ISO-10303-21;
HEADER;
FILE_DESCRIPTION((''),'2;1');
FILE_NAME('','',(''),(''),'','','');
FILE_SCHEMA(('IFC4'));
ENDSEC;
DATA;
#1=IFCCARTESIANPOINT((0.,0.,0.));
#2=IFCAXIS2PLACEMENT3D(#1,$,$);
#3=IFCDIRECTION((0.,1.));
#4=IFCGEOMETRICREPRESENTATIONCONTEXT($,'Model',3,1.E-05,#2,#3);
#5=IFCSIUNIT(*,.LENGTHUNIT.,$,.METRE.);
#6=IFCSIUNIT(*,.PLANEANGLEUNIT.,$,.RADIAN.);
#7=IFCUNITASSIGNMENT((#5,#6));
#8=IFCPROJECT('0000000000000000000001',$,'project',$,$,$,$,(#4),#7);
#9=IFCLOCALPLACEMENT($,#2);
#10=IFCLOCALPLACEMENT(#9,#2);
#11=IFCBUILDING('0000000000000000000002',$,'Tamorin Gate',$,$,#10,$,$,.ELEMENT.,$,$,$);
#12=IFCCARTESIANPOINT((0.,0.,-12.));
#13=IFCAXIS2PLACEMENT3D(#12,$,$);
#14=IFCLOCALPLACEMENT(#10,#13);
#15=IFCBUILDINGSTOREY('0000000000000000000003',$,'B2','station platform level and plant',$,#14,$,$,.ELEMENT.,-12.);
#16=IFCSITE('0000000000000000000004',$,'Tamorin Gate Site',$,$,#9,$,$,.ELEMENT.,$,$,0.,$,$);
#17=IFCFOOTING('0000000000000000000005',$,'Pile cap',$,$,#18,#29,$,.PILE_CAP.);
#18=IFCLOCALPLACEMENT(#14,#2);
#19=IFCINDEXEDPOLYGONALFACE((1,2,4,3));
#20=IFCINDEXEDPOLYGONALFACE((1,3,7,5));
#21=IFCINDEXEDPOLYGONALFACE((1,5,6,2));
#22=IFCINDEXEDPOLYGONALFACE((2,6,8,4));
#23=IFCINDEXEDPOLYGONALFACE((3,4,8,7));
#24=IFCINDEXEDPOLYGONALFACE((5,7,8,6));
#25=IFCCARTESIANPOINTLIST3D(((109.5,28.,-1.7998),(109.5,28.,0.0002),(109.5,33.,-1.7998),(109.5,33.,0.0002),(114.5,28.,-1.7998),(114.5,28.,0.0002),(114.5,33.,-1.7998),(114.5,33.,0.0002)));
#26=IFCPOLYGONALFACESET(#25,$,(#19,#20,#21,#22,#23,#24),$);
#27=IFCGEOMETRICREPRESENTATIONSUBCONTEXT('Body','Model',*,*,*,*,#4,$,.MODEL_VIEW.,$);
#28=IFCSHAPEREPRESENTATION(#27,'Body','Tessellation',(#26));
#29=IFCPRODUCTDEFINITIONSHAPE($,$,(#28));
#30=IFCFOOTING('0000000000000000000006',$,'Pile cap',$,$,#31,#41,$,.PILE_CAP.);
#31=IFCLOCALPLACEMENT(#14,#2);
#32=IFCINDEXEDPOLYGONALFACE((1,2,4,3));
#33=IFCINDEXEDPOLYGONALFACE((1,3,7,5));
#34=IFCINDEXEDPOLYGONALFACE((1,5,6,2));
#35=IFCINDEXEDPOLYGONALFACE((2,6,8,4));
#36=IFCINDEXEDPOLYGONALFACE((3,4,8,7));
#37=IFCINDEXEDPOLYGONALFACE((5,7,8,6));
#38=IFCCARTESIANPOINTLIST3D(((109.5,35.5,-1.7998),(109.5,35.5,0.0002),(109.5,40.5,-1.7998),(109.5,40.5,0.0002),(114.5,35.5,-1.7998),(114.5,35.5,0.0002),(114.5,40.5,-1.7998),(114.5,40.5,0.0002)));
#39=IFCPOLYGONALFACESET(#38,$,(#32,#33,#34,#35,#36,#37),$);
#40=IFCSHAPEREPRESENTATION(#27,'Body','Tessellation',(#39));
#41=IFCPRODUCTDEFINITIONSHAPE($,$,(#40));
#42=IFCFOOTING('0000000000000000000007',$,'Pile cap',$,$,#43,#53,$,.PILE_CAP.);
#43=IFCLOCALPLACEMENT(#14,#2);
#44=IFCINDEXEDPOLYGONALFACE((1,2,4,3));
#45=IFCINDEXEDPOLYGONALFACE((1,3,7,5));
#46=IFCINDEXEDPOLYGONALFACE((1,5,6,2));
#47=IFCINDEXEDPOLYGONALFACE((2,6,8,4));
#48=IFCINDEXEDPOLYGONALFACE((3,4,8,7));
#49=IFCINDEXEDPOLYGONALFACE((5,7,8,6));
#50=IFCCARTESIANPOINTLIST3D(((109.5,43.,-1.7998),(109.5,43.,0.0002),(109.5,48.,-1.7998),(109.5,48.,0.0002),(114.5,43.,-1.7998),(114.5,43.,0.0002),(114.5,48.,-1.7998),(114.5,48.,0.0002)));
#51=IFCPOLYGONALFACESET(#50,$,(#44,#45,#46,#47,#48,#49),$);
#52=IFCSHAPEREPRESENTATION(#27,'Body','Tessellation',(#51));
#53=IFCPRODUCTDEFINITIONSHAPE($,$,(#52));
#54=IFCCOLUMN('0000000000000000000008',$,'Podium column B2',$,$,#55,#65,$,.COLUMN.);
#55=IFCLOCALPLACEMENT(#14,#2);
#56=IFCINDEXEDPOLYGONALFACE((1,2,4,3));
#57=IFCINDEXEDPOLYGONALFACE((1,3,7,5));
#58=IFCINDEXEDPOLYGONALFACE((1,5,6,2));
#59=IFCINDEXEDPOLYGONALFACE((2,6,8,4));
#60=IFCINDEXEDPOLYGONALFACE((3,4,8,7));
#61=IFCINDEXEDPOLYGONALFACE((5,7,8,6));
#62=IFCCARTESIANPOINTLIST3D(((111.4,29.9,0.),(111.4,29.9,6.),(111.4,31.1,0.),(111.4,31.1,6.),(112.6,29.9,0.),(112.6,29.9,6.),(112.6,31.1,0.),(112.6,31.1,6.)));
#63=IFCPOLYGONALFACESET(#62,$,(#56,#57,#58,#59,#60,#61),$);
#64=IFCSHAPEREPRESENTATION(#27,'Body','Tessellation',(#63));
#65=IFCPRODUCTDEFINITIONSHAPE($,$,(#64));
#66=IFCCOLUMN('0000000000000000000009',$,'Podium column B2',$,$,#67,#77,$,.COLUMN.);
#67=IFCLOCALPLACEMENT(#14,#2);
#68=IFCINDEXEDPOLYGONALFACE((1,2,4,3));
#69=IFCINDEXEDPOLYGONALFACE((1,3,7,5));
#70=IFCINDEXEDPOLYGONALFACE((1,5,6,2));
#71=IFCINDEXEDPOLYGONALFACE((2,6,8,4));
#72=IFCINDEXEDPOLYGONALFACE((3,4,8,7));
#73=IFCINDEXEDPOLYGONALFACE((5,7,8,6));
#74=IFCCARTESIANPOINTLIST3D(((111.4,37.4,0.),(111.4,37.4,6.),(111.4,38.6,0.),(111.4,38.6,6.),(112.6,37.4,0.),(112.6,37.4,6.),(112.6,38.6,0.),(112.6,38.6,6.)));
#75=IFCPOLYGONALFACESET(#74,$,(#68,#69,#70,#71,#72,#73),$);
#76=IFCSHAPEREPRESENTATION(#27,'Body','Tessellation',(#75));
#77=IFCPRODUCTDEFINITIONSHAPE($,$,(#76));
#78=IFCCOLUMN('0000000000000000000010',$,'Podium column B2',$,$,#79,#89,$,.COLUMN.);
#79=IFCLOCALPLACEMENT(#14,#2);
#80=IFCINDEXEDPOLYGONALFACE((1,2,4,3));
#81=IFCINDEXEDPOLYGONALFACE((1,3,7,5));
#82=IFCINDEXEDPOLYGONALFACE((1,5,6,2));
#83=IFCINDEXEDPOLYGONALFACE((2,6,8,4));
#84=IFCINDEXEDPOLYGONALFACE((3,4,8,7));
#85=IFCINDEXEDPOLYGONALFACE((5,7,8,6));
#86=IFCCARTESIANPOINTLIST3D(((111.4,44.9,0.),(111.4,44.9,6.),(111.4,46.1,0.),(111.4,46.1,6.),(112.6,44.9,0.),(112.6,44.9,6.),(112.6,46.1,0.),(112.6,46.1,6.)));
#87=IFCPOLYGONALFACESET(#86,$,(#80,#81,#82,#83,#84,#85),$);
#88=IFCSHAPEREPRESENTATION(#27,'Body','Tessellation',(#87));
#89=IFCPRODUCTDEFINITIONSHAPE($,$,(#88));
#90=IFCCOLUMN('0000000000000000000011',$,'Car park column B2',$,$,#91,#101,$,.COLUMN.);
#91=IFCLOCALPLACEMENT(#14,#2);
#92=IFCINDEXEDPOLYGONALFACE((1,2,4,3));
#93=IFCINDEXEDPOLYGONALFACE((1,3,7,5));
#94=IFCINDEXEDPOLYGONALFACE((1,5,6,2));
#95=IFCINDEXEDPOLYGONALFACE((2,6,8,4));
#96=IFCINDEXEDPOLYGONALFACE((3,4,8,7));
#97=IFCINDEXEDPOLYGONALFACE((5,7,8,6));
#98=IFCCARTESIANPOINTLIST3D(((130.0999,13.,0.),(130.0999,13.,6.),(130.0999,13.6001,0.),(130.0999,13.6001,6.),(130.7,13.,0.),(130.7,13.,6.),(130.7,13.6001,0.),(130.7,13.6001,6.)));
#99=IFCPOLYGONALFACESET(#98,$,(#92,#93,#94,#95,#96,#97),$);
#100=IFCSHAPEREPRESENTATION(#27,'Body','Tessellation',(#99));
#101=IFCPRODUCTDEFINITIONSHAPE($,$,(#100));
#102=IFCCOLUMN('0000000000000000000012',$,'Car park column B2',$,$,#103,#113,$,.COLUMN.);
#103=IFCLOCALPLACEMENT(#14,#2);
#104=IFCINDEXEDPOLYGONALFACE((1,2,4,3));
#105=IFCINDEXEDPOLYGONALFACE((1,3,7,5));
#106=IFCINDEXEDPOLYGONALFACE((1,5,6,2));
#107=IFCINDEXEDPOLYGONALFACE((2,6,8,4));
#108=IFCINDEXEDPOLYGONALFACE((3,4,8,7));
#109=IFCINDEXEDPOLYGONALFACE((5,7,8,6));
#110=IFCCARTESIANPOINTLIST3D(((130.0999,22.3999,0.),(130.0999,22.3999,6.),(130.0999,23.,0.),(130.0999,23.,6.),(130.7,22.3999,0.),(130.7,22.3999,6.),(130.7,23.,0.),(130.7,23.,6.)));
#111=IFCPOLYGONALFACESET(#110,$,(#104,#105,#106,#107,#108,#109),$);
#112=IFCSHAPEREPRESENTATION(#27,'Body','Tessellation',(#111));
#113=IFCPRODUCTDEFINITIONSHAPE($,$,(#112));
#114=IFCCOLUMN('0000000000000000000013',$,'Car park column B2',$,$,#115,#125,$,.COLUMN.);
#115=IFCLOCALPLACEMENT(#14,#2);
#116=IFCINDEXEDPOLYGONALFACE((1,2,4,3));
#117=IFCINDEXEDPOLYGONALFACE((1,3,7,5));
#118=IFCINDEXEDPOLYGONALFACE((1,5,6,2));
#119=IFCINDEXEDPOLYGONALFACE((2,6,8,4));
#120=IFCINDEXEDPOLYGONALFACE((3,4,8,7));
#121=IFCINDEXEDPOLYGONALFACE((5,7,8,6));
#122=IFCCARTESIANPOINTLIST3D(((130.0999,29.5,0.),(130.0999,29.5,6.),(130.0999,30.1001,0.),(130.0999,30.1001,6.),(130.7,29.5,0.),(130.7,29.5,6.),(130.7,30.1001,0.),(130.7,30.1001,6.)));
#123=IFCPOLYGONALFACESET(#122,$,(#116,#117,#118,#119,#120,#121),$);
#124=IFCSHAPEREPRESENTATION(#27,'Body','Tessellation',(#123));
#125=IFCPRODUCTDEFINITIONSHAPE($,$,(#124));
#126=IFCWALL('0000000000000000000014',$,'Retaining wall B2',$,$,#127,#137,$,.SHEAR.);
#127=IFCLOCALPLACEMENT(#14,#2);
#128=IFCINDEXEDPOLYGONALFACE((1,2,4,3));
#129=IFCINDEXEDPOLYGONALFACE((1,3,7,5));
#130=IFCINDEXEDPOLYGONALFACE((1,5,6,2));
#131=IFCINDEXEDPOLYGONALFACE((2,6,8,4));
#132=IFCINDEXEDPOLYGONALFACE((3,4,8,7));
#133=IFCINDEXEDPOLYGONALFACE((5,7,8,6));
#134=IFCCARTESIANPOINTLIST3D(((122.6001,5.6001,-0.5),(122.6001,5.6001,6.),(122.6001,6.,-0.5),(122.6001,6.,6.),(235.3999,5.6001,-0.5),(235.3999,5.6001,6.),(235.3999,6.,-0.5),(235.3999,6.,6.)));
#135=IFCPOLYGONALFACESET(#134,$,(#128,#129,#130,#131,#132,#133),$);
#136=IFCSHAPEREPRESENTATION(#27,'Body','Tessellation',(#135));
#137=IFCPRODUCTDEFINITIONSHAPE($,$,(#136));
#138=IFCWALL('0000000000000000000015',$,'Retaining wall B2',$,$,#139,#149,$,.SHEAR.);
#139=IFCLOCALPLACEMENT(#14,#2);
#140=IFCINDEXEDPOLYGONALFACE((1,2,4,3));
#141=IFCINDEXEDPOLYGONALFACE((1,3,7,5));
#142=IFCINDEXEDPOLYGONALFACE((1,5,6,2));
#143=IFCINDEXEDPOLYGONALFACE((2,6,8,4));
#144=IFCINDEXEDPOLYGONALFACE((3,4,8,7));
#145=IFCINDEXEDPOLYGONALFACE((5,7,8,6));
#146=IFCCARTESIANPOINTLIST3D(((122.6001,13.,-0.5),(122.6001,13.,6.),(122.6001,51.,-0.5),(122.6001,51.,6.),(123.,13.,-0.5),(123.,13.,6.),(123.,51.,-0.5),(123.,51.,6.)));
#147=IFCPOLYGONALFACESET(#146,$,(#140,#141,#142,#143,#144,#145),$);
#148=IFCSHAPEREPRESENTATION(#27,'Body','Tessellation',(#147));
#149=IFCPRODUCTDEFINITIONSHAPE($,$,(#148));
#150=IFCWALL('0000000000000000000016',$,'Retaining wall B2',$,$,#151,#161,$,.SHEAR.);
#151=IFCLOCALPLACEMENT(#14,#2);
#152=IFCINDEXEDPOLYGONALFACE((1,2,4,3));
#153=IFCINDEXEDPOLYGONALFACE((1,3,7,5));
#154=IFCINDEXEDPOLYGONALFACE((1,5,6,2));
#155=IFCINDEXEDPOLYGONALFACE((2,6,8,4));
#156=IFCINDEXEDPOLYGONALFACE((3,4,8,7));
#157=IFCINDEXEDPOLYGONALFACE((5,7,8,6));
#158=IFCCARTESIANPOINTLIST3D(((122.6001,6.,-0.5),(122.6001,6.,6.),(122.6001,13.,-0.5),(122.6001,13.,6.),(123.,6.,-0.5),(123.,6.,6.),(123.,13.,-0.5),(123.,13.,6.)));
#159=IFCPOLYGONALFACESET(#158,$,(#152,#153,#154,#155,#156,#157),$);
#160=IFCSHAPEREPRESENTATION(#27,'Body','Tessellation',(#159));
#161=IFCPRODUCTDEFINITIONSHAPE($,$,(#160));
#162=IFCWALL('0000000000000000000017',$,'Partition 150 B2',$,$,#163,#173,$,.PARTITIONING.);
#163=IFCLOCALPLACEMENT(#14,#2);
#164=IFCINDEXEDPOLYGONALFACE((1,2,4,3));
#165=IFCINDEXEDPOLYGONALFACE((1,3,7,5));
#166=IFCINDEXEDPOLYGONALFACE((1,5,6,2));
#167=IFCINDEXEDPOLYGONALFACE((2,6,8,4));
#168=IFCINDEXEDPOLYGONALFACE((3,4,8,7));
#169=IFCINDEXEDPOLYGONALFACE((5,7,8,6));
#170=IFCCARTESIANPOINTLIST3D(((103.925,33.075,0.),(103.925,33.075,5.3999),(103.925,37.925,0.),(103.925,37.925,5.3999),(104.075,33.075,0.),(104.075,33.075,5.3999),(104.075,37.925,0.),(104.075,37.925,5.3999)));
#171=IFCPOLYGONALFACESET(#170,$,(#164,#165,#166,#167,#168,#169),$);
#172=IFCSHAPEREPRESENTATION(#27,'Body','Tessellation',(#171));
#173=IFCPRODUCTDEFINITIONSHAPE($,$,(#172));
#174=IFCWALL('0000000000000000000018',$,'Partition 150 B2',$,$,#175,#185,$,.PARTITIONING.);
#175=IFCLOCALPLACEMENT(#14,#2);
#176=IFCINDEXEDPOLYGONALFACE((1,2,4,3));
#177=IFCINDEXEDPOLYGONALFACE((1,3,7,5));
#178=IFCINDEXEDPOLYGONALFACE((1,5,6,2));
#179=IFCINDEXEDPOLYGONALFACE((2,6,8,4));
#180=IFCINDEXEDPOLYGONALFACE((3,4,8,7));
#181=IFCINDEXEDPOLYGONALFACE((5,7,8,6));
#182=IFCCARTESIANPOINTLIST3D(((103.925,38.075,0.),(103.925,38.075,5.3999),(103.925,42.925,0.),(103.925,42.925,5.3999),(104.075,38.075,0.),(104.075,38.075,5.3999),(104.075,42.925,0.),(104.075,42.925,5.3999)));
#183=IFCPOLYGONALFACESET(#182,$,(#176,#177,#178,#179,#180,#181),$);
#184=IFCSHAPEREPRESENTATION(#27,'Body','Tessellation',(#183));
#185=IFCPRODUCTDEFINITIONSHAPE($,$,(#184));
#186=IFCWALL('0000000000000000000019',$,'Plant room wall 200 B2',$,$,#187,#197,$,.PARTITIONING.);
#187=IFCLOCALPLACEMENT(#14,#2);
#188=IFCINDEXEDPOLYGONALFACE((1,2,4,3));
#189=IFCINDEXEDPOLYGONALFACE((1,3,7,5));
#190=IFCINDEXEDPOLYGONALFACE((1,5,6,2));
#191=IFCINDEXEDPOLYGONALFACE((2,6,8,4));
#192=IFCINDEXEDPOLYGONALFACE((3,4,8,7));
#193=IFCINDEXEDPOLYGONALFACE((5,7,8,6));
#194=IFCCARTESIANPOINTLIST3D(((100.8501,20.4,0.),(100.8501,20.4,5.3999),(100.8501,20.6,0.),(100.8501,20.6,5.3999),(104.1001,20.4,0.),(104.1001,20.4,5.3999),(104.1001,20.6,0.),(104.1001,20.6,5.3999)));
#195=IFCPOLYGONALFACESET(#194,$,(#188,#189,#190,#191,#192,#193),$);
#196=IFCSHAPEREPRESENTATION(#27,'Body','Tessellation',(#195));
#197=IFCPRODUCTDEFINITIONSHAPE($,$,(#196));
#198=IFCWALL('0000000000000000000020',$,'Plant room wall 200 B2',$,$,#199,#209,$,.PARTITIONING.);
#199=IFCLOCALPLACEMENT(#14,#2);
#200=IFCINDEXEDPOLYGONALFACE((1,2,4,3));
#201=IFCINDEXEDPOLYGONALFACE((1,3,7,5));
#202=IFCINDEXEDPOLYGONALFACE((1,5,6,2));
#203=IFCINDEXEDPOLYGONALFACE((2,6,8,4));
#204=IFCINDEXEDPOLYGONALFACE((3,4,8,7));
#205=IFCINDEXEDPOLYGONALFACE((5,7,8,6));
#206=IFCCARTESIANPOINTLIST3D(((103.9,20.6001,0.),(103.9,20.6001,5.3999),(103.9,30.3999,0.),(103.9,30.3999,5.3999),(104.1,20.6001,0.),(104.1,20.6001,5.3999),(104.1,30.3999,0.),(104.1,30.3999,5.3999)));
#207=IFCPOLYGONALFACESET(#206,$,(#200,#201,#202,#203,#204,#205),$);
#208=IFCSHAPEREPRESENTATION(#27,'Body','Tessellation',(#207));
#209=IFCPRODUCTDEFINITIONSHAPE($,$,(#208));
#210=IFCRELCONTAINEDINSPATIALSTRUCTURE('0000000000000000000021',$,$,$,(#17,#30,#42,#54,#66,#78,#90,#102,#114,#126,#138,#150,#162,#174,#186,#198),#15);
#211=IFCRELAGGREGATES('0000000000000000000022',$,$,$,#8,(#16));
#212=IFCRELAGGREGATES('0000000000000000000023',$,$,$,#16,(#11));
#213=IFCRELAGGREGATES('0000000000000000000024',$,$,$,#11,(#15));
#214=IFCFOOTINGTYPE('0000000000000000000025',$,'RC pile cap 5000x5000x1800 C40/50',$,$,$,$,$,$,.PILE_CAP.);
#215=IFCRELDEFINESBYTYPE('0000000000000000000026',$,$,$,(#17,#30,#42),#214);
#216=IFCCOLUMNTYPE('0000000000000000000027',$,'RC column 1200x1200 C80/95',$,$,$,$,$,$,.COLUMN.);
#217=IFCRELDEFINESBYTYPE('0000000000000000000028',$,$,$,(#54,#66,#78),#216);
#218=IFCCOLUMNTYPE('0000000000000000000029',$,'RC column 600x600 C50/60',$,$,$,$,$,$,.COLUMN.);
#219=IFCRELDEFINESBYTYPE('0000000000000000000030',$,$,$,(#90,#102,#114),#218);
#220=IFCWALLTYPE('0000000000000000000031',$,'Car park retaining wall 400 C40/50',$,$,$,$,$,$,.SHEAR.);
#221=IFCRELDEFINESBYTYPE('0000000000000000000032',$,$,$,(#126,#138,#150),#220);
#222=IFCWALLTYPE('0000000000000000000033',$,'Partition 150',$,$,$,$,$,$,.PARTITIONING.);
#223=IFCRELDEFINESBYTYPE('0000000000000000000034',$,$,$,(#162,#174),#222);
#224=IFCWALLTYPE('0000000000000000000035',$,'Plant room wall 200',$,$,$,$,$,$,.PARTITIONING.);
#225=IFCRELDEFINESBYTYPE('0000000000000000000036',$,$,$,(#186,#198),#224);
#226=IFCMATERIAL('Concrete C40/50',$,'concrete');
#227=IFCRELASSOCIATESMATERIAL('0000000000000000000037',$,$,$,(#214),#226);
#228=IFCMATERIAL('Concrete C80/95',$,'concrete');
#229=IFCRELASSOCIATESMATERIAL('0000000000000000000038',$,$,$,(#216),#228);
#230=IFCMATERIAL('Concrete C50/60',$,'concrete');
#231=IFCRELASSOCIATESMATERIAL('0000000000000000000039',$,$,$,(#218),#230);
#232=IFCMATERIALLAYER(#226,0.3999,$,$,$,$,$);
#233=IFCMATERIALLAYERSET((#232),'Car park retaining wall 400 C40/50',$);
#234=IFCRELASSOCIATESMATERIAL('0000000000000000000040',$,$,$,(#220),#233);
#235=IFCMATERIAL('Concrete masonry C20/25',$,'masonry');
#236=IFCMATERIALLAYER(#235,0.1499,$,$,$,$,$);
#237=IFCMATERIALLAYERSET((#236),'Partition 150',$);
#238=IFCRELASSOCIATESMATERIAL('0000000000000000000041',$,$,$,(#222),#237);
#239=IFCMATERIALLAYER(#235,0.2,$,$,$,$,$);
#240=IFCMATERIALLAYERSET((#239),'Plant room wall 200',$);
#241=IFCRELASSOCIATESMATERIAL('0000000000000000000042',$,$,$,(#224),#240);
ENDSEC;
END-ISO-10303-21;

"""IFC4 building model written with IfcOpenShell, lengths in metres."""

from ifc_helpers import new_model, si_unit, direction, frame, frame_2d, origin, origin_2d, place, context, subcontext, project, spatial, rectangle, extrude, material, layer, layer_set, material_profile, profile_set, type_object, element, save


model = new_model("IFC4")

# Units and contexts
model_context = context("Model", 3, precision=1e-05, world=origin(), true_north=direction((0.0, 1.0)))
body_context = subcontext(model_context, "Body", "Model", "MODEL_VIEW")
ifc_project = project(units=[si_unit("LENGTHUNIT", "METRE"), si_unit("PLANEANGLEUNIT", "RADIAN")], contexts=[model_context])

# Site, building, storey
site_placement = place(None, origin())
site = spatial("IfcSite", under=ifc_project, at=site_placement, Name="Tamorin Gate Site", CompositionType="ELEMENT", RefElevation=0.0)
building_placement = place(site_placement, origin())
building = spatial("IfcBuilding", under=site, at=building_placement, Name="Tamorin Gate", CompositionType="ELEMENT")
storey_placement = place(building_placement, frame((0.0, 0.0, -12.0)))
storey = spatial("IfcBuildingStorey", under=building, at=storey_placement, Name="B2", Description="station platform level and plant", CompositionType="ELEMENT", Elevation=-12.0)

# Shared definitions
ifc_material_1 = material(Name="Concrete C40/50", Category="concrete")

# Footings
footing_type_1 = type_object("IfcFootingType", Name="RC pile cap 5000x5000x1800 C40/50", PredefinedType="PILE_CAP", material=ifc_material_1)
for number, where, z_axis, x_axis, name in (
    (1, (112.0, 30.5, -1.7998), (0.0, 0.0, 1.0), (1.0, 0.0, 0.0), "Pile cap"),
    (2, (112.0, 38.0, -1.7998), (0.0, 0.0, 1.0), (1.0, 0.0, 0.0), "Pile cap"),
    (3, (112.0, 45.5, -1.7998), (0.0, 0.0, 1.0), (1.0, 0.0, 0.0), "Pile cap"),
):
    element("IfcFooting", number, at=place(storey_placement, frame(where, z_axis=z_axis, x_axis=x_axis)), inside=storey, type_object=footing_type_1, Name=name, PredefinedType="PILE_CAP", context=body_context, shape_type="SweptSolid", body=[
        extrude(rectangle(XDim=5.0, YDim=5.0, at=origin_2d()), origin(), (0.0, 0.0, 1.0), 1.8),
    ])

# Columns
ifc_material_2 = material(Name="Concrete C80/95", Category="concrete")
ifc_material_profile_1 = material_profile(ifc_material_2, rectangle(XDim=1.2, YDim=1.2, at=origin_2d()), Name="RC 1200x1200")
ifc_profile_set_1 = profile_set([ifc_material_profile_1], Name="Concrete C80/95")
column_type_1 = type_object("IfcColumnType", Name="RC column 1200x1200 C80/95", PredefinedType="COLUMN", material=ifc_profile_set_1)
for number, where, z_axis, x_axis, name in (
    (4, (112.0, 30.5, 0.0), (0.0, 0.0, 1.0), (1.0, 0.0, 0.0), "Podium column B2"),
    (5, (112.0, 38.0, 0.0), (0.0, 0.0, 1.0), (1.0, 0.0, 0.0), "Podium column B2"),
    (6, (112.0, 45.5, 0.0), (0.0, 0.0, 1.0), (1.0, 0.0, 0.0), "Podium column B2"),
):
    element("IfcColumn", number, at=place(storey_placement, frame(where, z_axis=z_axis, x_axis=x_axis)), inside=storey, type_object=column_type_1, Name=name, PredefinedType="COLUMN", context=body_context, shape_type="SweptSolid", body=[
        extrude(rectangle(XDim=1.2, YDim=1.2, at=origin_2d()), origin(), (0.0, 0.0, 1.0), 6.0),
    ])
ifc_material_3 = material(Name="Concrete C50/60", Category="concrete")
ifc_material_profile_2 = material_profile(ifc_material_3, rectangle(XDim=0.6001, YDim=0.6001, at=origin_2d()))
ifc_profile_set_2 = profile_set([ifc_material_profile_2], Name="Concrete C50/60")
column_type_2 = type_object("IfcColumnType", Name="RC column 600x600 C50/60", PredefinedType="COLUMN", material=ifc_profile_set_2)
for number, where, z_axis, x_axis, name in (
    (7, (130.3999, 13.3, 0.0), (0.0, 0.0, 1.0), (1.0, 0.0, 0.0), "Car park column B2"),
    (8, (130.3999, 22.7, 0.0), (0.0, 0.0, 1.0), (1.0, 0.0, 0.0), "Car park column B2"),
    (9, (130.3999, 29.8, 0.0), (0.0, 0.0, 1.0), (1.0, 0.0, 0.0), "Car park column B2"),
):
    element("IfcColumn", number, at=place(storey_placement, frame(where, z_axis=z_axis, x_axis=x_axis)), inside=storey, type_object=column_type_2, Name=name, PredefinedType="COLUMN", context=body_context, shape_type="SweptSolid", body=[
        extrude(rectangle(XDim=0.6001, YDim=0.6001, at=origin_2d()), origin(), (0.0, 0.0, 1.0), 6.0),
    ])

# Walls
ifc_layer_1 = layer(ifc_material_1, 0.3999)
ifc_layer_set_1 = layer_set([ifc_layer_1], Name="Car park retaining wall 400 C40/50")
wall_type_1 = type_object("IfcWallType", Name="Car park retaining wall 400 C40/50", PredefinedType="SHEAR", material=ifc_layer_set_1)
wall_1_placement = place(storey_placement, frame((122.6001, 5.8, -0.5), z_axis=(0.0, 0.0, 1.0), x_axis=(1.0, 0.0, 0.0)))
element("IfcWall", 10, at=wall_1_placement, inside=storey, type_object=wall_type_1, Name="Retaining wall B2", PredefinedType="SHEAR", context=body_context, shape_type="SweptSolid", body=[
    extrude(rectangle(XDim=112.7998, YDim=0.3999, at=frame_2d((56.3999, 0.0))), origin(), (0.0, 0.0, 1.0), 6.5),
])
wall_2_placement = place(storey_placement, frame((122.8, 13.0, -0.5), z_axis=(0.0, 0.0, 1.0), x_axis=(0.0, 1.0, 0.0)))
element("IfcWall", 11, at=wall_2_placement, inside=storey, type_object=wall_type_1, Name="Retaining wall B2", PredefinedType="SHEAR", context=body_context, shape_type="SweptSolid", body=[
    extrude(rectangle(XDim=38.0, YDim=0.3999, at=frame_2d((19.0, 0.0))), origin(), (0.0, 0.0, 1.0), 6.5),
])
wall_3_placement = place(storey_placement, frame((122.8, 6.0, -0.5), z_axis=(0.0, 0.0, 1.0), x_axis=(0.0, 1.0, 0.0)))
element("IfcWall", 12, at=wall_3_placement, inside=storey, type_object=wall_type_1, Name="Retaining wall B2", PredefinedType="SHEAR", context=body_context, shape_type="SweptSolid", body=[
    extrude(rectangle(XDim=7.0, YDim=0.3999, at=frame_2d((3.5, 0.0))), origin(), (0.0, 0.0, 1.0), 6.5),
])
ifc_material_4 = material(Name="Concrete masonry C20/25", Category="masonry")
ifc_layer_2 = layer(ifc_material_4, 0.1499)
ifc_layer_set_2 = layer_set([ifc_layer_2], Name="Partition 150")
wall_type_2 = type_object("IfcWallType", Name="Partition 150", PredefinedType="PARTITIONING", material=ifc_layer_set_2)
for number, where, z_axis, x_axis, name in (
    (13, (104.0, 33.075, 0.0), (0.0, 0.0, 1.0), (0.0, 1.0, 0.0), "Partition 150 B2"),
    (14, (104.0, 38.075, 0.0), (0.0, 0.0, 1.0), (0.0, 1.0, 0.0), "Partition 150 B2"),
):
    element("IfcWall", number, at=place(storey_placement, frame(where, z_axis=z_axis, x_axis=x_axis)), inside=storey, type_object=wall_type_2, Name=name, PredefinedType="PARTITIONING", context=body_context, shape_type="SweptSolid", body=[
        extrude(rectangle(XDim=4.8501, YDim=0.1499, at=frame_2d((2.425, 0.0))), origin(), (0.0, 0.0, 1.0), 5.3999),
    ])
ifc_layer_3 = layer(ifc_material_4, 0.2)
ifc_layer_set_3 = layer_set([ifc_layer_3], Name="Plant room wall 200")
wall_type_3 = type_object("IfcWallType", Name="Plant room wall 200", PredefinedType="PARTITIONING", material=ifc_layer_set_3)
wall_4_placement = place(storey_placement, frame((100.8501, 20.5, 0.0), z_axis=(0.0, 0.0, 1.0), x_axis=(1.0, 0.0, 0.0)))
element("IfcWall", 15, at=wall_4_placement, inside=storey, type_object=wall_type_3, Name="Plant room wall 200 B2", PredefinedType="PARTITIONING", context=body_context, shape_type="SweptSolid", body=[
    extrude(rectangle(XDim=3.25, YDim=0.2, at=frame_2d((1.625, 0.0))), origin(), (0.0, 0.0, 1.0), 5.3999),
])
wall_5_placement = place(storey_placement, frame((104.0, 20.6001, 0.0), z_axis=(0.0, 0.0, 1.0), x_axis=(0.0, 1.0, 0.0)))
element("IfcWall", 16, at=wall_5_placement, inside=storey, type_object=wall_type_3, Name="Plant room wall 200 B2", PredefinedType="PARTITIONING", context=body_context, shape_type="SweptSolid", body=[
    extrude(rectangle(XDim=9.7998, YDim=0.2, at=frame_2d((4.8999, 0.0))), origin(), (0.0, 0.0, 1.0), 5.3999),
])

save(model, "model.ifc")
